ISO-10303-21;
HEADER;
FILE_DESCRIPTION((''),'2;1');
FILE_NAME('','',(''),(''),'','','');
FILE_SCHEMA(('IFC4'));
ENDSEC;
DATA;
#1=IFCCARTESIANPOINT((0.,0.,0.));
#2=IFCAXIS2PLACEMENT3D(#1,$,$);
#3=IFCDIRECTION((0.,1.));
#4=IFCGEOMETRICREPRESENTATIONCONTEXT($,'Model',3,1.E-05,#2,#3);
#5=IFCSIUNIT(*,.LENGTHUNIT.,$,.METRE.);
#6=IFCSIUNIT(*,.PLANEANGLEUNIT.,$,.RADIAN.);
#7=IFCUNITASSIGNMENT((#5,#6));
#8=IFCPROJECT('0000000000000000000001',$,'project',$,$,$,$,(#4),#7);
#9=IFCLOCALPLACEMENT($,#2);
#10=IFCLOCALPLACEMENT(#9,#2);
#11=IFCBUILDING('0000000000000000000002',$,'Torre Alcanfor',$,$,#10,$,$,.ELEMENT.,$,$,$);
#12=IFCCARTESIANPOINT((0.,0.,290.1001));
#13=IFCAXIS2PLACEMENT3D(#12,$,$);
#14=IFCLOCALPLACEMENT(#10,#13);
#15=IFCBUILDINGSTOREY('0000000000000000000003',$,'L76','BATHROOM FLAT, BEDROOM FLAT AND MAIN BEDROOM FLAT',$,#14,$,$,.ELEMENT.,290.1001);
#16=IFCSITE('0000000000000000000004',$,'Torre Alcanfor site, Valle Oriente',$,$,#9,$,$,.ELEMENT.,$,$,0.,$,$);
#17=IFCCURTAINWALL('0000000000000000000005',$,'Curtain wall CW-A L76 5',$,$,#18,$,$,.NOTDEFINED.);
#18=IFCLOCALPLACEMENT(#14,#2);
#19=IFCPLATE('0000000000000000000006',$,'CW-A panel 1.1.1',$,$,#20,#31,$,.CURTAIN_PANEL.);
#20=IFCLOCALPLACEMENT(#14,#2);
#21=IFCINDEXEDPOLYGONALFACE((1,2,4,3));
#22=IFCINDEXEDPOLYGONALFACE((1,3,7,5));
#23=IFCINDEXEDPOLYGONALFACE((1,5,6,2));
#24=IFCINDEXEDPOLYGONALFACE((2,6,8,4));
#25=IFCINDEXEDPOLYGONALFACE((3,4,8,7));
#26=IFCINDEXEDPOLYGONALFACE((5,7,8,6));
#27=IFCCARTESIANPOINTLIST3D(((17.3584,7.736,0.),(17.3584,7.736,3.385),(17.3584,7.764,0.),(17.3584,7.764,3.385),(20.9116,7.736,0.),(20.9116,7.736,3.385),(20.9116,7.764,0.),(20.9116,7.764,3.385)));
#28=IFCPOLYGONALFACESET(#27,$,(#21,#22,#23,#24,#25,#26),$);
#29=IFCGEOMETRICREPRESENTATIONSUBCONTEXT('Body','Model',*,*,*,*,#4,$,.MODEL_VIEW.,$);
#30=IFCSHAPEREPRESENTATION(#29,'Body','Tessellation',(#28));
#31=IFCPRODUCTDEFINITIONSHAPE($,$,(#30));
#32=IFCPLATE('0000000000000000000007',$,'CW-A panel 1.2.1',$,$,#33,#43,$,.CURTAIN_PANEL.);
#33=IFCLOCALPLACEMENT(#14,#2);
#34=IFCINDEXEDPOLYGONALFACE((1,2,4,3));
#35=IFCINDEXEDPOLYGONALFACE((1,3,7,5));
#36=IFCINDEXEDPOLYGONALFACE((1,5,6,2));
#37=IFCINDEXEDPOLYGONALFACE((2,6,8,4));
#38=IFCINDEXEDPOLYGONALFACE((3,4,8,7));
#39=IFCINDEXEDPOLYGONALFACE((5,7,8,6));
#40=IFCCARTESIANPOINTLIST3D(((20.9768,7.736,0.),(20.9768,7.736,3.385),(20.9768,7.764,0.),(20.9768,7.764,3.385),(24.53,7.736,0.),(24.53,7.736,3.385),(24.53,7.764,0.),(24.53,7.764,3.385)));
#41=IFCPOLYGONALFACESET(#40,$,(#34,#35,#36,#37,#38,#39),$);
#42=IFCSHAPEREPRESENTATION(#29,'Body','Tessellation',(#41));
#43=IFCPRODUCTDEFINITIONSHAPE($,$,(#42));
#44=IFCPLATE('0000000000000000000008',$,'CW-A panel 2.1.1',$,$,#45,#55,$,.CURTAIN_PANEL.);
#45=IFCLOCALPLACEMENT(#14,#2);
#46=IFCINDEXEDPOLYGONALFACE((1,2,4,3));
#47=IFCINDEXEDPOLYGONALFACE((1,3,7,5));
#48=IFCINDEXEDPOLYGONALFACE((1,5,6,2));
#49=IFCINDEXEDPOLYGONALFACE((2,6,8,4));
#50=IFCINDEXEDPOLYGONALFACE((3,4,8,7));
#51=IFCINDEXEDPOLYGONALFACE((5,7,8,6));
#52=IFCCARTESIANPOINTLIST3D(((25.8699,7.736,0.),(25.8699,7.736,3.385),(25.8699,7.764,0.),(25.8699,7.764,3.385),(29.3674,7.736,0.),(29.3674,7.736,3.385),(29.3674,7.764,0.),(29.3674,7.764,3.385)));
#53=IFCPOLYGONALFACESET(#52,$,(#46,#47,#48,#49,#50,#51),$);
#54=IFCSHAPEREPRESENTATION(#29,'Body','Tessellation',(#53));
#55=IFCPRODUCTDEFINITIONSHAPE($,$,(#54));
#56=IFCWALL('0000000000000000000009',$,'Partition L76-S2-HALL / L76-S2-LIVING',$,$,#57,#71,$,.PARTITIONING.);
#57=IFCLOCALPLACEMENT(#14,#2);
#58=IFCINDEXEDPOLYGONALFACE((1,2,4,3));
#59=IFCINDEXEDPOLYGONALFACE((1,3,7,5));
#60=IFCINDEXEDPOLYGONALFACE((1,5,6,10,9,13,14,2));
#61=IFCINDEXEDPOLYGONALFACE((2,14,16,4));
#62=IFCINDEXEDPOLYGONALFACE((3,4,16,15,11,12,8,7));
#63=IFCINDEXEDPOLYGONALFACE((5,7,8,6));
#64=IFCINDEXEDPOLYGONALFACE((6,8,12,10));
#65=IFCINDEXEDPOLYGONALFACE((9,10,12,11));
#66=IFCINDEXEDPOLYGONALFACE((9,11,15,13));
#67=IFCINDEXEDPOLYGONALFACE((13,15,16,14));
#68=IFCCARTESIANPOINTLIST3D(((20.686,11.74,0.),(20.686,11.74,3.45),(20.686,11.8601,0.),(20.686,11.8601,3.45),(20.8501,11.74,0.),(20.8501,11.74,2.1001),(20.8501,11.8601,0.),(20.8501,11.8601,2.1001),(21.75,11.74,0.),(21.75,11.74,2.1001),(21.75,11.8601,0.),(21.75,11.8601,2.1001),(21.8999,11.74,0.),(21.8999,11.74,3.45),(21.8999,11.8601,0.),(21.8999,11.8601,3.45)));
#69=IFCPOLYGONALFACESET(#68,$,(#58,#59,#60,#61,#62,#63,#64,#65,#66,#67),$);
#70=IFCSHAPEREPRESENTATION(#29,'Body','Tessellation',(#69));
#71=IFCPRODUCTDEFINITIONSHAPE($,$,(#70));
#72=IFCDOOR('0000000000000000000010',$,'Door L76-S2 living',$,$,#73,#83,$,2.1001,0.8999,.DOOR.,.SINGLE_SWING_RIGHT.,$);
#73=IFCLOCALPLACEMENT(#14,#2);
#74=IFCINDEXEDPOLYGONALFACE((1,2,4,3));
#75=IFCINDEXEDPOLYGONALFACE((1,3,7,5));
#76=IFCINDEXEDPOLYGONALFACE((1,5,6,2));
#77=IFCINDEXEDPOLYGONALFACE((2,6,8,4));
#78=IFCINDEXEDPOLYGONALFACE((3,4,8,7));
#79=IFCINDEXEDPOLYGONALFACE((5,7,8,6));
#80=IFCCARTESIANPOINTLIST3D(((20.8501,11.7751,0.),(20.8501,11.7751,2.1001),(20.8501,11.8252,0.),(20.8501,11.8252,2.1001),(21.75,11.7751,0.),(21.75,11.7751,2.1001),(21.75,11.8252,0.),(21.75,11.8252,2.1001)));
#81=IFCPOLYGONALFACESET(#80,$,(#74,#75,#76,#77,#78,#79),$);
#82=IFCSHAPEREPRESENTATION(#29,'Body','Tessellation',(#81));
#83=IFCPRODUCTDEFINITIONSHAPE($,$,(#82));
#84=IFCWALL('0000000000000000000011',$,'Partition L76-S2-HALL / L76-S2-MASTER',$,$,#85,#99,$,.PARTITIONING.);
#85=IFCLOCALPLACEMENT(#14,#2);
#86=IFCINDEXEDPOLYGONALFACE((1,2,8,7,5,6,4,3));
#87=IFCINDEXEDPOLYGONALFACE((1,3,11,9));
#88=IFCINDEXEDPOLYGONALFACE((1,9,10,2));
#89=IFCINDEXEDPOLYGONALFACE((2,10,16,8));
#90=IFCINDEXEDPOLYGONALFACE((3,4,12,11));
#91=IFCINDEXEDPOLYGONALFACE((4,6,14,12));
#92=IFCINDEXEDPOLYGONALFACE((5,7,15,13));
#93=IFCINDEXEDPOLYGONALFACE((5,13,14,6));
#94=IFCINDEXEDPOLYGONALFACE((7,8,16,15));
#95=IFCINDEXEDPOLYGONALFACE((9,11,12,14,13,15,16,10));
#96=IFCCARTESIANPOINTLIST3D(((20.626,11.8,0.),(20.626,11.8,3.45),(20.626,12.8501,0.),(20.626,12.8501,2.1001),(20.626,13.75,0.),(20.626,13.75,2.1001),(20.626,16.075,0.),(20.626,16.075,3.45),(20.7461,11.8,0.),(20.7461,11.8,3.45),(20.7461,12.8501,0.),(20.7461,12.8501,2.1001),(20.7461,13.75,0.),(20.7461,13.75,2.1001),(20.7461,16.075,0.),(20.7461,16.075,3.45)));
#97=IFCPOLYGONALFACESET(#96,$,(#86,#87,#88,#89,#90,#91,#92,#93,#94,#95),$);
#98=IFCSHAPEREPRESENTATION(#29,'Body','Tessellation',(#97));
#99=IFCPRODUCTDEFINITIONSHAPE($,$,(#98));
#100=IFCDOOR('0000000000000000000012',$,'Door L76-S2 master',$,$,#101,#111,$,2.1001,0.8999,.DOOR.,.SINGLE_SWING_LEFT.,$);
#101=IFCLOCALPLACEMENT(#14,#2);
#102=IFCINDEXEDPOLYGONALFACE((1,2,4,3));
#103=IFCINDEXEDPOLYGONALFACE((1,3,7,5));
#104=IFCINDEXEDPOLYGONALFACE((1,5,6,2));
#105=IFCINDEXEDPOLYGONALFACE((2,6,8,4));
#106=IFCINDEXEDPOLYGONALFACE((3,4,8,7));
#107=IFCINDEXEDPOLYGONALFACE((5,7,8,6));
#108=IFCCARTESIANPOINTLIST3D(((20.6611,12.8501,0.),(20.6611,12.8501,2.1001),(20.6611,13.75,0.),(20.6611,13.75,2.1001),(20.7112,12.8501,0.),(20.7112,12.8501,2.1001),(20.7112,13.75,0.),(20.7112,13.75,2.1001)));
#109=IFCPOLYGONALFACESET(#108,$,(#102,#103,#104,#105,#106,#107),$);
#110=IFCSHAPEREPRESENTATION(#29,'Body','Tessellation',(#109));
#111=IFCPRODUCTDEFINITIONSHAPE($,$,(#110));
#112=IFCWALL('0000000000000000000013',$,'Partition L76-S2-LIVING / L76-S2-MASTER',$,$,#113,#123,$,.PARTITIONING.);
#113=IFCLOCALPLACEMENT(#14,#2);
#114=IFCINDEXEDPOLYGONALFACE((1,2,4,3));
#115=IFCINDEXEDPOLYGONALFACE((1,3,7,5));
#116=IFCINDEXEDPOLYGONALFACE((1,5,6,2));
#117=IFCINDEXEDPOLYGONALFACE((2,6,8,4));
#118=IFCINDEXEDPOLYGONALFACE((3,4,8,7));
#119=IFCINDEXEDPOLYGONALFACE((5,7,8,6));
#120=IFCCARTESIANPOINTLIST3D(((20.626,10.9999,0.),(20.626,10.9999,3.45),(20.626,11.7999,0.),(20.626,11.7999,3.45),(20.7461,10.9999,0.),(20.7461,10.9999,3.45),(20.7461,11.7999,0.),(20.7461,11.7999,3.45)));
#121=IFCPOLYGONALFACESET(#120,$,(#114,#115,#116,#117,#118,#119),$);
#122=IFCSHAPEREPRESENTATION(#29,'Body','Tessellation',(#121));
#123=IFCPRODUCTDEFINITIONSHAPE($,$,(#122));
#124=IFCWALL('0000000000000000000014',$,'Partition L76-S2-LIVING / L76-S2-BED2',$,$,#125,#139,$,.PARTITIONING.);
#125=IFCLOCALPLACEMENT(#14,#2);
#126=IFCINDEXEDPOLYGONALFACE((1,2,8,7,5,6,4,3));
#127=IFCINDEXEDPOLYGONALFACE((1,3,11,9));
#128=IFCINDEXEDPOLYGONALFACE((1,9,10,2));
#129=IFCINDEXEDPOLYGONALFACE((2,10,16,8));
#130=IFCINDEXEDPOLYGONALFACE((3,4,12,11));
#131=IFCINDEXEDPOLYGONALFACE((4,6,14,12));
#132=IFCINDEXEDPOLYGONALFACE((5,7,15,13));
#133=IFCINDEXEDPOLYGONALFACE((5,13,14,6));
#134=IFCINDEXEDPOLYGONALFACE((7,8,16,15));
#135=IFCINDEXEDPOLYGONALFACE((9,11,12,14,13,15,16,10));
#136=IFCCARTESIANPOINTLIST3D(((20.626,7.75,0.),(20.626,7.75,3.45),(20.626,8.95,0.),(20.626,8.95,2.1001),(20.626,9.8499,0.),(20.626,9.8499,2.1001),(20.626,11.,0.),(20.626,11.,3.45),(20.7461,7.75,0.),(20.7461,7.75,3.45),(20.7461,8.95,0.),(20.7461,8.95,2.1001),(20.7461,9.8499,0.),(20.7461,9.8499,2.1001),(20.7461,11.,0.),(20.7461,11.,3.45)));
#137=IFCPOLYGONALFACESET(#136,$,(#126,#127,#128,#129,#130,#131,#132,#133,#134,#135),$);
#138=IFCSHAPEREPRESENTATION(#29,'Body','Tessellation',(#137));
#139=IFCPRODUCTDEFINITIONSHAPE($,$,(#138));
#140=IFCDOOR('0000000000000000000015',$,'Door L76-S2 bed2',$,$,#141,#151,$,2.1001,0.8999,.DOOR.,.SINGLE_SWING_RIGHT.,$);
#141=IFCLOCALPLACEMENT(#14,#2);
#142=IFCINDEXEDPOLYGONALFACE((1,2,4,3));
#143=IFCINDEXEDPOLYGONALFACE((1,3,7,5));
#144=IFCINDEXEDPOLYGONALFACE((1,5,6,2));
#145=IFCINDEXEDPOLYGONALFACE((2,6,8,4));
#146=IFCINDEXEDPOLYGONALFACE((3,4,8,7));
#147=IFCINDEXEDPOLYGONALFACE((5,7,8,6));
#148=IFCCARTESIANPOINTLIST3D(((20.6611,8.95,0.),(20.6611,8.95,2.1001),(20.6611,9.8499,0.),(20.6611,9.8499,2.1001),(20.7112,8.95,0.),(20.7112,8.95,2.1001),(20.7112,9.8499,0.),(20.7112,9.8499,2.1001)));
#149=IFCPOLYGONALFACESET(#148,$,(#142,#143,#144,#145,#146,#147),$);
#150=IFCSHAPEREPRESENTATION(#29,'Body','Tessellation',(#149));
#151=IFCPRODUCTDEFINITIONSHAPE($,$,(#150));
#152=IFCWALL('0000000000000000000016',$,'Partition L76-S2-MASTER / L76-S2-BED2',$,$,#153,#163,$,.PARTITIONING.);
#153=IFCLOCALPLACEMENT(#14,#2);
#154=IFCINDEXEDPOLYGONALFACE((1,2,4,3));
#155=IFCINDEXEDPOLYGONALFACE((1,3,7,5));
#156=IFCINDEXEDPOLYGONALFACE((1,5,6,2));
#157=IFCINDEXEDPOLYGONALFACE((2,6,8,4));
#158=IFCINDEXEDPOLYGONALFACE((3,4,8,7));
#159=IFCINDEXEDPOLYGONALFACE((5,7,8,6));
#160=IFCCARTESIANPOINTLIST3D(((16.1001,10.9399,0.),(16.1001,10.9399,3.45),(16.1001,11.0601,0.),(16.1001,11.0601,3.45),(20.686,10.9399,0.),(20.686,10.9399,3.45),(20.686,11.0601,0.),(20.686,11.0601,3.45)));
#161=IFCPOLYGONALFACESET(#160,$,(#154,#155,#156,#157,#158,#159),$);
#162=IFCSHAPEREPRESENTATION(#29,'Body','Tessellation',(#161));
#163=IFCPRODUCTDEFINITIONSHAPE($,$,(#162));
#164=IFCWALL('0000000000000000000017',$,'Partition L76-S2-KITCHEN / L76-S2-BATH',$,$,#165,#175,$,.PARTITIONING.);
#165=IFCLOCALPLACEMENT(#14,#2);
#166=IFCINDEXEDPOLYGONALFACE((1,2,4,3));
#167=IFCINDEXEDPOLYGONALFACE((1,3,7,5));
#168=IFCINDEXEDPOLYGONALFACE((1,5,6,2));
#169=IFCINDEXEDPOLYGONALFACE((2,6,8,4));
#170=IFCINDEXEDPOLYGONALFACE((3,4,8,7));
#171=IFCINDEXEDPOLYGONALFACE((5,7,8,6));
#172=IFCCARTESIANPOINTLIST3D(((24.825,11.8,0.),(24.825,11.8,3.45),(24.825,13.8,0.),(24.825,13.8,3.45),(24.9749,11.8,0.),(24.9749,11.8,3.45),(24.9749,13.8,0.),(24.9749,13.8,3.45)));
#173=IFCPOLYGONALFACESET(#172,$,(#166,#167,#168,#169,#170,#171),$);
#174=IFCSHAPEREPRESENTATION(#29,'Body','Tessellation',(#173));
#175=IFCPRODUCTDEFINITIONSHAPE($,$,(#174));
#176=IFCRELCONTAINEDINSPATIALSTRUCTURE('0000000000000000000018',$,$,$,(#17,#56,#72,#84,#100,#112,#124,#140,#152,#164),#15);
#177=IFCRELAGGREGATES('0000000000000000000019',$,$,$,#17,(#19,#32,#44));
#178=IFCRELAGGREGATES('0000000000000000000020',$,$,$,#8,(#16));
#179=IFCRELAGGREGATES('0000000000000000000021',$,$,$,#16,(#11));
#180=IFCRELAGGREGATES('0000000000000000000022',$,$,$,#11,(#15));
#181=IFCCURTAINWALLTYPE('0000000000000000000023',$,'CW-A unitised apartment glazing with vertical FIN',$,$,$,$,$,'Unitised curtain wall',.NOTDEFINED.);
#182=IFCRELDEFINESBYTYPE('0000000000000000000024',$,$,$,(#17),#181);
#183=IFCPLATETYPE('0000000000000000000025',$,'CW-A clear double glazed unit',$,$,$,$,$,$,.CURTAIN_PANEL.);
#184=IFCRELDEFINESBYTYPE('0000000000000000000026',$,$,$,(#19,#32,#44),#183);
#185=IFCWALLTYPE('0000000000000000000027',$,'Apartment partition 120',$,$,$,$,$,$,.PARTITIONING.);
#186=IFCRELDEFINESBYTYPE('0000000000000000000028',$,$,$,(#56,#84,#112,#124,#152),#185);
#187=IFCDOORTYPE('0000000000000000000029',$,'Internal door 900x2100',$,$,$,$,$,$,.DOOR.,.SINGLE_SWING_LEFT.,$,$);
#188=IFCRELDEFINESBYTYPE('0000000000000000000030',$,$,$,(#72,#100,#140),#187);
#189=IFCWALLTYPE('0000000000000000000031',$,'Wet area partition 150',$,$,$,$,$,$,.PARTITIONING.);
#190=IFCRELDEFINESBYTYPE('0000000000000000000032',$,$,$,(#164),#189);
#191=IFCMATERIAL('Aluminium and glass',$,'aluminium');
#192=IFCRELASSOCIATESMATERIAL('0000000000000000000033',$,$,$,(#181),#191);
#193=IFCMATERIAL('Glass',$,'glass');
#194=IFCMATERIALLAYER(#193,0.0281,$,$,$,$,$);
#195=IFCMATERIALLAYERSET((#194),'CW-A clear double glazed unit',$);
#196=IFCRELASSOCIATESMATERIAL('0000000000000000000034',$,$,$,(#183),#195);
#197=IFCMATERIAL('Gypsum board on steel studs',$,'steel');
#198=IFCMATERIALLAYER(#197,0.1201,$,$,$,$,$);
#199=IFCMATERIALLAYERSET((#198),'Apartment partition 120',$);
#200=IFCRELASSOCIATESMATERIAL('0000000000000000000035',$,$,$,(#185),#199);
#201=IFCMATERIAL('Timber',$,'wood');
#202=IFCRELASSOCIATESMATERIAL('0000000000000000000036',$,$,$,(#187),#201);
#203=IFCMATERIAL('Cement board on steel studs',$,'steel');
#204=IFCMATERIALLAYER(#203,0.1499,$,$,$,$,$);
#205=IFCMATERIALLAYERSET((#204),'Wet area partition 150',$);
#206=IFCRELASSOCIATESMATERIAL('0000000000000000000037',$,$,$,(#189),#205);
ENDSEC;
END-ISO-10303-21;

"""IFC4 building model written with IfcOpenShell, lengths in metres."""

from ifc_helpers import new_model, si_unit, direction, frame, frame_2d, origin, origin_2d, place, context, subcontext, project, spatial, rectangle, extrude, material, layer, layer_set, type_object, element, fill, aggregate, save


model = new_model("IFC4")

# Units and contexts
model_context = context("Model", 3, precision=1e-05, world=origin(), true_north=direction((0.0, 1.0)))
body_context = subcontext(model_context, "Body", "Model", "MODEL_VIEW")
ifc_project = project(units=[si_unit("LENGTHUNIT", "METRE"), si_unit("PLANEANGLEUNIT", "RADIAN")], contexts=[model_context])

# Site, building, storey
site_placement = place(None, origin())
site = spatial("IfcSite", under=ifc_project, at=site_placement, Name="Torre Alcanfor site, Valle Oriente", CompositionType="ELEMENT", RefElevation=0.0)
building_placement = place(site_placement, origin())
building = spatial("IfcBuilding", under=site, at=building_placement, Name="Torre Alcanfor", CompositionType="ELEMENT")
storey_placement = place(building_placement, frame((0.0, 0.0, 290.1001)))
storey = spatial("IfcBuildingStorey", under=building, at=storey_placement, Name="L76", Description="BATHROOM FLAT, BEDROOM FLAT AND MAIN BEDROOM FLAT", CompositionType="ELEMENT", Elevation=290.1001)

# Curtain wall
ifc_material_1 = material(Name="Aluminium and glass", Category="aluminium")
curtain_wall_type = type_object("IfcCurtainWallType", Name="CW-A unitised apartment glazing with vertical FIN", ElementType="Unitised curtain wall", PredefinedType="NOTDEFINED", material=ifc_material_1)
curtain_wall_placement = place(storey_placement, origin())
curtain_wall = element("IfcCurtainWall", 1, at=curtain_wall_placement, inside=storey, type_object=curtain_wall_type, Name="Curtain wall CW-A L76 5", PredefinedType="NOTDEFINED")

# Plates
ifc_material_2 = material(Name="Glass", Category="glass")
ifc_layer_1 = layer(ifc_material_2, 0.0281)
ifc_layer_set_1 = layer_set([ifc_layer_1], Name="CW-A clear double glazed unit")
plate_type = type_object("IfcPlateType", Name="CW-A clear double glazed unit", PredefinedType="CURTAIN_PANEL", material=ifc_layer_set_1)
plate_1_placement = place(storey_placement, frame((19.135, 7.75, 0.0), z_axis=(0.0, 0.0, 1.0), x_axis=(1.0, 0.0, 0.0)))
plate_1 = element("IfcPlate", 2, at=plate_1_placement, type_object=plate_type, Name="CW-A panel 1.1.1", PredefinedType="CURTAIN_PANEL", context=body_context, shape_type="SweptSolid", body=[
    extrude(rectangle(XDim=3.5532, YDim=0.0281, at=origin_2d()), origin(), (0.0, 0.0, 1.0), 3.385),
])
plate_2_placement = place(storey_placement, frame((22.7534, 7.75, 0.0), z_axis=(0.0, 0.0, 1.0), x_axis=(1.0, 0.0, 0.0)))
plate_2 = element("IfcPlate", 3, at=plate_2_placement, type_object=plate_type, Name="CW-A panel 1.2.1", PredefinedType="CURTAIN_PANEL", context=body_context, shape_type="SweptSolid", body=[
    extrude(rectangle(XDim=3.5532, YDim=0.0281, at=origin_2d()), origin(), (0.0, 0.0, 1.0), 3.385),
])
plate_3_placement = place(storey_placement, frame((27.6187, 7.75, 0.0), z_axis=(0.0, 0.0, 1.0), x_axis=(1.0, 0.0, 0.0)))
plate_3 = element("IfcPlate", 4, at=plate_3_placement, type_object=plate_type, Name="CW-A panel 2.1.1", PredefinedType="CURTAIN_PANEL", context=body_context, shape_type="SweptSolid", body=[
    extrude(rectangle(XDim=3.4976, YDim=0.0281, at=origin_2d()), origin(), (0.0, 0.0, 1.0), 3.385),
])
aggregate(curtain_wall, [plate_1, plate_2, plate_3])

# Walls, openings, doors
ifc_material_3 = material(Name="Gypsum board on steel studs", Category="steel")
ifc_layer_2 = layer(ifc_material_3, 0.1201)
ifc_layer_set_2 = layer_set([ifc_layer_2], Name="Apartment partition 120")
wall_type_1 = type_object("IfcWallType", Name="Apartment partition 120", PredefinedType="PARTITIONING", material=ifc_layer_set_2)
wall_1_placement = place(storey_placement, frame((21.8999, 11.8, 0.0), z_axis=(0.0, 0.0, 1.0), x_axis=(-1.0, 0.0, 0.0)))
wall_1 = element("IfcWall", 5, at=wall_1_placement, inside=storey, type_object=wall_type_1, Name="Partition L76-S2-HALL / L76-S2-LIVING", PredefinedType="PARTITIONING", context=body_context, shape_type="SweptSolid", body=[
    extrude(rectangle(XDim=1.2139, YDim=0.1201, at=frame_2d((0.6069, 0.0))), origin(), (0.0, 0.0, 1.0), 3.45),
])
opening_1_placement = place(wall_1_placement, frame((0.1499, 0.0, 0.0)))
opening_1 = element("IfcOpeningElement", 6, at=opening_1_placement, cuts=wall_1, PredefinedType="OPENING", context=body_context, shape_type="SweptSolid", body=[
    extrude(rectangle(XDim=0.8999, YDim=2.1001, at=frame_2d((0.45, 1.05))), frame((0.0, 0.0701, 0.0), z_axis=(0.0, -1.0, 0.0), x_axis=(1.0, 0.0, 0.0)), (0.0, 0.0, 1.0), 0.1401),
])
ifc_material_4 = material(Name="Timber", Category="wood")
door_type = type_object("IfcDoorType", Name="Internal door 900x2100", OperationType="SINGLE_SWING_LEFT", PredefinedType="DOOR", material=ifc_material_4)
door_1_placement = place(opening_1_placement, origin())
door_1 = element("IfcDoor", 7, at=door_1_placement, inside=storey, type_object=door_type, Name="Door L76-S2 living", OperationType="SINGLE_SWING_RIGHT", OverallHeight=2.1001, OverallWidth=0.8999, PredefinedType="DOOR", context=body_context, shape_type="SweptSolid", body=[
    extrude(rectangle(XDim=0.8999, YDim=2.1001, at=frame_2d((0.45, 1.05))), frame((0.0, 0.0249, 0.0), z_axis=(0.0, -1.0, 0.0), x_axis=(1.0, 0.0, 0.0)), (0.0, 0.0, 1.0), 0.05),
])
fill(opening_1, door_1)
wall_2_placement = place(storey_placement, frame((20.686, 11.8, 0.0), z_axis=(0.0, 0.0, 1.0), x_axis=(0.0, 1.0, 0.0)))
wall_2 = element("IfcWall", 8, at=wall_2_placement, inside=storey, type_object=wall_type_1, Name="Partition L76-S2-HALL / L76-S2-MASTER", PredefinedType="PARTITIONING", context=body_context, shape_type="SweptSolid", body=[
    extrude(rectangle(XDim=4.2749, YDim=0.1201, at=frame_2d((2.1375, 0.0))), origin(), (0.0, 0.0, 1.0), 3.45),
])
opening_2_placement = place(wall_2_placement, frame((1.05, 0.0, 0.0)))
opening_2 = element("IfcOpeningElement", 9, at=opening_2_placement, cuts=wall_2, PredefinedType="OPENING", context=body_context, shape_type="SweptSolid", body=[
    extrude(rectangle(XDim=0.8999, YDim=2.1001, at=frame_2d((0.45, 1.05))), frame((0.0, 0.0701, 0.0), z_axis=(0.0, -1.0, 0.0), x_axis=(1.0, 0.0, 0.0)), (0.0, 0.0, 1.0), 0.1401),
])
door_2_placement = place(opening_2_placement, origin())
door_2 = element("IfcDoor", 10, at=door_2_placement, inside=storey, type_object=door_type, Name="Door L76-S2 master", OperationType="SINGLE_SWING_LEFT", OverallHeight=2.1001, OverallWidth=0.8999, PredefinedType="DOOR", context=body_context, shape_type="SweptSolid", body=[
    extrude(rectangle(XDim=0.8999, YDim=2.1001, at=frame_2d((0.45, 1.05))), frame((0.0, 0.0249, 0.0), z_axis=(0.0, -1.0, 0.0), x_axis=(1.0, 0.0, 0.0)), (0.0, 0.0, 1.0), 0.05),
])
fill(opening_2, door_2)

# Wall
wall_3_placement = place(storey_placement, frame((20.686, 11.0, 0.0), z_axis=(0.0, 0.0, 1.0), x_axis=(0.0, 1.0, 0.0)))
element("IfcWall", 11, at=wall_3_placement, inside=storey, type_object=wall_type_1, Name="Partition L76-S2-LIVING / L76-S2-MASTER", PredefinedType="PARTITIONING", context=body_context, shape_type="SweptSolid", body=[
    extrude(rectangle(XDim=0.8, YDim=0.1201, at=frame_2d((0.3999, 0.0))), origin(), (0.0, 0.0, 1.0), 3.45),
])

# Wall, opening, door
wall_4_placement = place(storey_placement, frame((20.686, 7.75, 0.0), z_axis=(0.0, 0.0, 1.0), x_axis=(0.0, 1.0, 0.0)))
wall_4 = element("IfcWall", 12, at=wall_4_placement, inside=storey, type_object=wall_type_1, Name="Partition L76-S2-LIVING / L76-S2-BED2", PredefinedType="PARTITIONING", context=body_context, shape_type="SweptSolid", body=[
    extrude(rectangle(XDim=3.25, YDim=0.1201, at=frame_2d((1.625, 0.0))), origin(), (0.0, 0.0, 1.0), 3.45),
])
opening_3_placement = place(wall_4_placement, frame((1.2, 0.0, 0.0)))
opening_3 = element("IfcOpeningElement", 13, at=opening_3_placement, cuts=wall_4, PredefinedType="OPENING", context=body_context, shape_type="SweptSolid", body=[
    extrude(rectangle(XDim=0.8999, YDim=2.1001, at=frame_2d((0.45, 1.05))), frame((0.0, 0.0701, 0.0), z_axis=(0.0, -1.0, 0.0), x_axis=(1.0, 0.0, 0.0)), (0.0, 0.0, 1.0), 0.1401),
])
door_3_placement = place(opening_3_placement, origin())
door_3 = element("IfcDoor", 14, at=door_3_placement, inside=storey, type_object=door_type, Name="Door L76-S2 bed2", OperationType="SINGLE_SWING_RIGHT", OverallHeight=2.1001, OverallWidth=0.8999, PredefinedType="DOOR", context=body_context, shape_type="SweptSolid", body=[
    extrude(rectangle(XDim=0.8999, YDim=2.1001, at=frame_2d((0.45, 1.05))), frame((0.0, 0.0249, 0.0), z_axis=(0.0, -1.0, 0.0), x_axis=(1.0, 0.0, 0.0)), (0.0, 0.0, 1.0), 0.05),
])
fill(opening_3, door_3)

# Walls
wall_5_placement = place(storey_placement, frame((20.686, 11.0, 0.0), z_axis=(0.0, 0.0, 1.0), x_axis=(-1.0, 0.0, 0.0)))
element("IfcWall", 15, at=wall_5_placement, inside=storey, type_object=wall_type_1, Name="Partition L76-S2-MASTER / L76-S2-BED2", PredefinedType="PARTITIONING", context=body_context, shape_type="SweptSolid", body=[
    extrude(rectangle(XDim=4.5859, YDim=0.1201, at=frame_2d((2.293, 0.0))), origin(), (0.0, 0.0, 1.0), 3.45),
])
ifc_material_5 = material(Name="Cement board on steel studs", Category="steel")
ifc_layer_3 = layer(ifc_material_5, 0.1499)
ifc_layer_set_3 = layer_set([ifc_layer_3], Name="Wet area partition 150")
wall_type_2 = type_object("IfcWallType", Name="Wet area partition 150", PredefinedType="PARTITIONING", material=ifc_layer_set_3)
for number, where, z_axis, x_axis, name in (
    (16, (24.8999, 11.8, 0.0), (0.0, 0.0, 1.0), (0.0, 1.0, 0.0), "Partition L76-S2-KITCHEN / L76-S2-BATH"),
):
    element("IfcWall", number, at=place(storey_placement, frame(where, z_axis=z_axis, x_axis=x_axis)), inside=storey, type_object=wall_type_2, Name=name, PredefinedType="PARTITIONING", context=body_context, shape_type="SweptSolid", body=[
        extrude(rectangle(XDim=2.0, YDim=0.1499, at=frame_2d((1.0, 0.0))), origin(), (0.0, 0.0, 1.0), 3.45),
    ])

save(model, "model.ifc")
